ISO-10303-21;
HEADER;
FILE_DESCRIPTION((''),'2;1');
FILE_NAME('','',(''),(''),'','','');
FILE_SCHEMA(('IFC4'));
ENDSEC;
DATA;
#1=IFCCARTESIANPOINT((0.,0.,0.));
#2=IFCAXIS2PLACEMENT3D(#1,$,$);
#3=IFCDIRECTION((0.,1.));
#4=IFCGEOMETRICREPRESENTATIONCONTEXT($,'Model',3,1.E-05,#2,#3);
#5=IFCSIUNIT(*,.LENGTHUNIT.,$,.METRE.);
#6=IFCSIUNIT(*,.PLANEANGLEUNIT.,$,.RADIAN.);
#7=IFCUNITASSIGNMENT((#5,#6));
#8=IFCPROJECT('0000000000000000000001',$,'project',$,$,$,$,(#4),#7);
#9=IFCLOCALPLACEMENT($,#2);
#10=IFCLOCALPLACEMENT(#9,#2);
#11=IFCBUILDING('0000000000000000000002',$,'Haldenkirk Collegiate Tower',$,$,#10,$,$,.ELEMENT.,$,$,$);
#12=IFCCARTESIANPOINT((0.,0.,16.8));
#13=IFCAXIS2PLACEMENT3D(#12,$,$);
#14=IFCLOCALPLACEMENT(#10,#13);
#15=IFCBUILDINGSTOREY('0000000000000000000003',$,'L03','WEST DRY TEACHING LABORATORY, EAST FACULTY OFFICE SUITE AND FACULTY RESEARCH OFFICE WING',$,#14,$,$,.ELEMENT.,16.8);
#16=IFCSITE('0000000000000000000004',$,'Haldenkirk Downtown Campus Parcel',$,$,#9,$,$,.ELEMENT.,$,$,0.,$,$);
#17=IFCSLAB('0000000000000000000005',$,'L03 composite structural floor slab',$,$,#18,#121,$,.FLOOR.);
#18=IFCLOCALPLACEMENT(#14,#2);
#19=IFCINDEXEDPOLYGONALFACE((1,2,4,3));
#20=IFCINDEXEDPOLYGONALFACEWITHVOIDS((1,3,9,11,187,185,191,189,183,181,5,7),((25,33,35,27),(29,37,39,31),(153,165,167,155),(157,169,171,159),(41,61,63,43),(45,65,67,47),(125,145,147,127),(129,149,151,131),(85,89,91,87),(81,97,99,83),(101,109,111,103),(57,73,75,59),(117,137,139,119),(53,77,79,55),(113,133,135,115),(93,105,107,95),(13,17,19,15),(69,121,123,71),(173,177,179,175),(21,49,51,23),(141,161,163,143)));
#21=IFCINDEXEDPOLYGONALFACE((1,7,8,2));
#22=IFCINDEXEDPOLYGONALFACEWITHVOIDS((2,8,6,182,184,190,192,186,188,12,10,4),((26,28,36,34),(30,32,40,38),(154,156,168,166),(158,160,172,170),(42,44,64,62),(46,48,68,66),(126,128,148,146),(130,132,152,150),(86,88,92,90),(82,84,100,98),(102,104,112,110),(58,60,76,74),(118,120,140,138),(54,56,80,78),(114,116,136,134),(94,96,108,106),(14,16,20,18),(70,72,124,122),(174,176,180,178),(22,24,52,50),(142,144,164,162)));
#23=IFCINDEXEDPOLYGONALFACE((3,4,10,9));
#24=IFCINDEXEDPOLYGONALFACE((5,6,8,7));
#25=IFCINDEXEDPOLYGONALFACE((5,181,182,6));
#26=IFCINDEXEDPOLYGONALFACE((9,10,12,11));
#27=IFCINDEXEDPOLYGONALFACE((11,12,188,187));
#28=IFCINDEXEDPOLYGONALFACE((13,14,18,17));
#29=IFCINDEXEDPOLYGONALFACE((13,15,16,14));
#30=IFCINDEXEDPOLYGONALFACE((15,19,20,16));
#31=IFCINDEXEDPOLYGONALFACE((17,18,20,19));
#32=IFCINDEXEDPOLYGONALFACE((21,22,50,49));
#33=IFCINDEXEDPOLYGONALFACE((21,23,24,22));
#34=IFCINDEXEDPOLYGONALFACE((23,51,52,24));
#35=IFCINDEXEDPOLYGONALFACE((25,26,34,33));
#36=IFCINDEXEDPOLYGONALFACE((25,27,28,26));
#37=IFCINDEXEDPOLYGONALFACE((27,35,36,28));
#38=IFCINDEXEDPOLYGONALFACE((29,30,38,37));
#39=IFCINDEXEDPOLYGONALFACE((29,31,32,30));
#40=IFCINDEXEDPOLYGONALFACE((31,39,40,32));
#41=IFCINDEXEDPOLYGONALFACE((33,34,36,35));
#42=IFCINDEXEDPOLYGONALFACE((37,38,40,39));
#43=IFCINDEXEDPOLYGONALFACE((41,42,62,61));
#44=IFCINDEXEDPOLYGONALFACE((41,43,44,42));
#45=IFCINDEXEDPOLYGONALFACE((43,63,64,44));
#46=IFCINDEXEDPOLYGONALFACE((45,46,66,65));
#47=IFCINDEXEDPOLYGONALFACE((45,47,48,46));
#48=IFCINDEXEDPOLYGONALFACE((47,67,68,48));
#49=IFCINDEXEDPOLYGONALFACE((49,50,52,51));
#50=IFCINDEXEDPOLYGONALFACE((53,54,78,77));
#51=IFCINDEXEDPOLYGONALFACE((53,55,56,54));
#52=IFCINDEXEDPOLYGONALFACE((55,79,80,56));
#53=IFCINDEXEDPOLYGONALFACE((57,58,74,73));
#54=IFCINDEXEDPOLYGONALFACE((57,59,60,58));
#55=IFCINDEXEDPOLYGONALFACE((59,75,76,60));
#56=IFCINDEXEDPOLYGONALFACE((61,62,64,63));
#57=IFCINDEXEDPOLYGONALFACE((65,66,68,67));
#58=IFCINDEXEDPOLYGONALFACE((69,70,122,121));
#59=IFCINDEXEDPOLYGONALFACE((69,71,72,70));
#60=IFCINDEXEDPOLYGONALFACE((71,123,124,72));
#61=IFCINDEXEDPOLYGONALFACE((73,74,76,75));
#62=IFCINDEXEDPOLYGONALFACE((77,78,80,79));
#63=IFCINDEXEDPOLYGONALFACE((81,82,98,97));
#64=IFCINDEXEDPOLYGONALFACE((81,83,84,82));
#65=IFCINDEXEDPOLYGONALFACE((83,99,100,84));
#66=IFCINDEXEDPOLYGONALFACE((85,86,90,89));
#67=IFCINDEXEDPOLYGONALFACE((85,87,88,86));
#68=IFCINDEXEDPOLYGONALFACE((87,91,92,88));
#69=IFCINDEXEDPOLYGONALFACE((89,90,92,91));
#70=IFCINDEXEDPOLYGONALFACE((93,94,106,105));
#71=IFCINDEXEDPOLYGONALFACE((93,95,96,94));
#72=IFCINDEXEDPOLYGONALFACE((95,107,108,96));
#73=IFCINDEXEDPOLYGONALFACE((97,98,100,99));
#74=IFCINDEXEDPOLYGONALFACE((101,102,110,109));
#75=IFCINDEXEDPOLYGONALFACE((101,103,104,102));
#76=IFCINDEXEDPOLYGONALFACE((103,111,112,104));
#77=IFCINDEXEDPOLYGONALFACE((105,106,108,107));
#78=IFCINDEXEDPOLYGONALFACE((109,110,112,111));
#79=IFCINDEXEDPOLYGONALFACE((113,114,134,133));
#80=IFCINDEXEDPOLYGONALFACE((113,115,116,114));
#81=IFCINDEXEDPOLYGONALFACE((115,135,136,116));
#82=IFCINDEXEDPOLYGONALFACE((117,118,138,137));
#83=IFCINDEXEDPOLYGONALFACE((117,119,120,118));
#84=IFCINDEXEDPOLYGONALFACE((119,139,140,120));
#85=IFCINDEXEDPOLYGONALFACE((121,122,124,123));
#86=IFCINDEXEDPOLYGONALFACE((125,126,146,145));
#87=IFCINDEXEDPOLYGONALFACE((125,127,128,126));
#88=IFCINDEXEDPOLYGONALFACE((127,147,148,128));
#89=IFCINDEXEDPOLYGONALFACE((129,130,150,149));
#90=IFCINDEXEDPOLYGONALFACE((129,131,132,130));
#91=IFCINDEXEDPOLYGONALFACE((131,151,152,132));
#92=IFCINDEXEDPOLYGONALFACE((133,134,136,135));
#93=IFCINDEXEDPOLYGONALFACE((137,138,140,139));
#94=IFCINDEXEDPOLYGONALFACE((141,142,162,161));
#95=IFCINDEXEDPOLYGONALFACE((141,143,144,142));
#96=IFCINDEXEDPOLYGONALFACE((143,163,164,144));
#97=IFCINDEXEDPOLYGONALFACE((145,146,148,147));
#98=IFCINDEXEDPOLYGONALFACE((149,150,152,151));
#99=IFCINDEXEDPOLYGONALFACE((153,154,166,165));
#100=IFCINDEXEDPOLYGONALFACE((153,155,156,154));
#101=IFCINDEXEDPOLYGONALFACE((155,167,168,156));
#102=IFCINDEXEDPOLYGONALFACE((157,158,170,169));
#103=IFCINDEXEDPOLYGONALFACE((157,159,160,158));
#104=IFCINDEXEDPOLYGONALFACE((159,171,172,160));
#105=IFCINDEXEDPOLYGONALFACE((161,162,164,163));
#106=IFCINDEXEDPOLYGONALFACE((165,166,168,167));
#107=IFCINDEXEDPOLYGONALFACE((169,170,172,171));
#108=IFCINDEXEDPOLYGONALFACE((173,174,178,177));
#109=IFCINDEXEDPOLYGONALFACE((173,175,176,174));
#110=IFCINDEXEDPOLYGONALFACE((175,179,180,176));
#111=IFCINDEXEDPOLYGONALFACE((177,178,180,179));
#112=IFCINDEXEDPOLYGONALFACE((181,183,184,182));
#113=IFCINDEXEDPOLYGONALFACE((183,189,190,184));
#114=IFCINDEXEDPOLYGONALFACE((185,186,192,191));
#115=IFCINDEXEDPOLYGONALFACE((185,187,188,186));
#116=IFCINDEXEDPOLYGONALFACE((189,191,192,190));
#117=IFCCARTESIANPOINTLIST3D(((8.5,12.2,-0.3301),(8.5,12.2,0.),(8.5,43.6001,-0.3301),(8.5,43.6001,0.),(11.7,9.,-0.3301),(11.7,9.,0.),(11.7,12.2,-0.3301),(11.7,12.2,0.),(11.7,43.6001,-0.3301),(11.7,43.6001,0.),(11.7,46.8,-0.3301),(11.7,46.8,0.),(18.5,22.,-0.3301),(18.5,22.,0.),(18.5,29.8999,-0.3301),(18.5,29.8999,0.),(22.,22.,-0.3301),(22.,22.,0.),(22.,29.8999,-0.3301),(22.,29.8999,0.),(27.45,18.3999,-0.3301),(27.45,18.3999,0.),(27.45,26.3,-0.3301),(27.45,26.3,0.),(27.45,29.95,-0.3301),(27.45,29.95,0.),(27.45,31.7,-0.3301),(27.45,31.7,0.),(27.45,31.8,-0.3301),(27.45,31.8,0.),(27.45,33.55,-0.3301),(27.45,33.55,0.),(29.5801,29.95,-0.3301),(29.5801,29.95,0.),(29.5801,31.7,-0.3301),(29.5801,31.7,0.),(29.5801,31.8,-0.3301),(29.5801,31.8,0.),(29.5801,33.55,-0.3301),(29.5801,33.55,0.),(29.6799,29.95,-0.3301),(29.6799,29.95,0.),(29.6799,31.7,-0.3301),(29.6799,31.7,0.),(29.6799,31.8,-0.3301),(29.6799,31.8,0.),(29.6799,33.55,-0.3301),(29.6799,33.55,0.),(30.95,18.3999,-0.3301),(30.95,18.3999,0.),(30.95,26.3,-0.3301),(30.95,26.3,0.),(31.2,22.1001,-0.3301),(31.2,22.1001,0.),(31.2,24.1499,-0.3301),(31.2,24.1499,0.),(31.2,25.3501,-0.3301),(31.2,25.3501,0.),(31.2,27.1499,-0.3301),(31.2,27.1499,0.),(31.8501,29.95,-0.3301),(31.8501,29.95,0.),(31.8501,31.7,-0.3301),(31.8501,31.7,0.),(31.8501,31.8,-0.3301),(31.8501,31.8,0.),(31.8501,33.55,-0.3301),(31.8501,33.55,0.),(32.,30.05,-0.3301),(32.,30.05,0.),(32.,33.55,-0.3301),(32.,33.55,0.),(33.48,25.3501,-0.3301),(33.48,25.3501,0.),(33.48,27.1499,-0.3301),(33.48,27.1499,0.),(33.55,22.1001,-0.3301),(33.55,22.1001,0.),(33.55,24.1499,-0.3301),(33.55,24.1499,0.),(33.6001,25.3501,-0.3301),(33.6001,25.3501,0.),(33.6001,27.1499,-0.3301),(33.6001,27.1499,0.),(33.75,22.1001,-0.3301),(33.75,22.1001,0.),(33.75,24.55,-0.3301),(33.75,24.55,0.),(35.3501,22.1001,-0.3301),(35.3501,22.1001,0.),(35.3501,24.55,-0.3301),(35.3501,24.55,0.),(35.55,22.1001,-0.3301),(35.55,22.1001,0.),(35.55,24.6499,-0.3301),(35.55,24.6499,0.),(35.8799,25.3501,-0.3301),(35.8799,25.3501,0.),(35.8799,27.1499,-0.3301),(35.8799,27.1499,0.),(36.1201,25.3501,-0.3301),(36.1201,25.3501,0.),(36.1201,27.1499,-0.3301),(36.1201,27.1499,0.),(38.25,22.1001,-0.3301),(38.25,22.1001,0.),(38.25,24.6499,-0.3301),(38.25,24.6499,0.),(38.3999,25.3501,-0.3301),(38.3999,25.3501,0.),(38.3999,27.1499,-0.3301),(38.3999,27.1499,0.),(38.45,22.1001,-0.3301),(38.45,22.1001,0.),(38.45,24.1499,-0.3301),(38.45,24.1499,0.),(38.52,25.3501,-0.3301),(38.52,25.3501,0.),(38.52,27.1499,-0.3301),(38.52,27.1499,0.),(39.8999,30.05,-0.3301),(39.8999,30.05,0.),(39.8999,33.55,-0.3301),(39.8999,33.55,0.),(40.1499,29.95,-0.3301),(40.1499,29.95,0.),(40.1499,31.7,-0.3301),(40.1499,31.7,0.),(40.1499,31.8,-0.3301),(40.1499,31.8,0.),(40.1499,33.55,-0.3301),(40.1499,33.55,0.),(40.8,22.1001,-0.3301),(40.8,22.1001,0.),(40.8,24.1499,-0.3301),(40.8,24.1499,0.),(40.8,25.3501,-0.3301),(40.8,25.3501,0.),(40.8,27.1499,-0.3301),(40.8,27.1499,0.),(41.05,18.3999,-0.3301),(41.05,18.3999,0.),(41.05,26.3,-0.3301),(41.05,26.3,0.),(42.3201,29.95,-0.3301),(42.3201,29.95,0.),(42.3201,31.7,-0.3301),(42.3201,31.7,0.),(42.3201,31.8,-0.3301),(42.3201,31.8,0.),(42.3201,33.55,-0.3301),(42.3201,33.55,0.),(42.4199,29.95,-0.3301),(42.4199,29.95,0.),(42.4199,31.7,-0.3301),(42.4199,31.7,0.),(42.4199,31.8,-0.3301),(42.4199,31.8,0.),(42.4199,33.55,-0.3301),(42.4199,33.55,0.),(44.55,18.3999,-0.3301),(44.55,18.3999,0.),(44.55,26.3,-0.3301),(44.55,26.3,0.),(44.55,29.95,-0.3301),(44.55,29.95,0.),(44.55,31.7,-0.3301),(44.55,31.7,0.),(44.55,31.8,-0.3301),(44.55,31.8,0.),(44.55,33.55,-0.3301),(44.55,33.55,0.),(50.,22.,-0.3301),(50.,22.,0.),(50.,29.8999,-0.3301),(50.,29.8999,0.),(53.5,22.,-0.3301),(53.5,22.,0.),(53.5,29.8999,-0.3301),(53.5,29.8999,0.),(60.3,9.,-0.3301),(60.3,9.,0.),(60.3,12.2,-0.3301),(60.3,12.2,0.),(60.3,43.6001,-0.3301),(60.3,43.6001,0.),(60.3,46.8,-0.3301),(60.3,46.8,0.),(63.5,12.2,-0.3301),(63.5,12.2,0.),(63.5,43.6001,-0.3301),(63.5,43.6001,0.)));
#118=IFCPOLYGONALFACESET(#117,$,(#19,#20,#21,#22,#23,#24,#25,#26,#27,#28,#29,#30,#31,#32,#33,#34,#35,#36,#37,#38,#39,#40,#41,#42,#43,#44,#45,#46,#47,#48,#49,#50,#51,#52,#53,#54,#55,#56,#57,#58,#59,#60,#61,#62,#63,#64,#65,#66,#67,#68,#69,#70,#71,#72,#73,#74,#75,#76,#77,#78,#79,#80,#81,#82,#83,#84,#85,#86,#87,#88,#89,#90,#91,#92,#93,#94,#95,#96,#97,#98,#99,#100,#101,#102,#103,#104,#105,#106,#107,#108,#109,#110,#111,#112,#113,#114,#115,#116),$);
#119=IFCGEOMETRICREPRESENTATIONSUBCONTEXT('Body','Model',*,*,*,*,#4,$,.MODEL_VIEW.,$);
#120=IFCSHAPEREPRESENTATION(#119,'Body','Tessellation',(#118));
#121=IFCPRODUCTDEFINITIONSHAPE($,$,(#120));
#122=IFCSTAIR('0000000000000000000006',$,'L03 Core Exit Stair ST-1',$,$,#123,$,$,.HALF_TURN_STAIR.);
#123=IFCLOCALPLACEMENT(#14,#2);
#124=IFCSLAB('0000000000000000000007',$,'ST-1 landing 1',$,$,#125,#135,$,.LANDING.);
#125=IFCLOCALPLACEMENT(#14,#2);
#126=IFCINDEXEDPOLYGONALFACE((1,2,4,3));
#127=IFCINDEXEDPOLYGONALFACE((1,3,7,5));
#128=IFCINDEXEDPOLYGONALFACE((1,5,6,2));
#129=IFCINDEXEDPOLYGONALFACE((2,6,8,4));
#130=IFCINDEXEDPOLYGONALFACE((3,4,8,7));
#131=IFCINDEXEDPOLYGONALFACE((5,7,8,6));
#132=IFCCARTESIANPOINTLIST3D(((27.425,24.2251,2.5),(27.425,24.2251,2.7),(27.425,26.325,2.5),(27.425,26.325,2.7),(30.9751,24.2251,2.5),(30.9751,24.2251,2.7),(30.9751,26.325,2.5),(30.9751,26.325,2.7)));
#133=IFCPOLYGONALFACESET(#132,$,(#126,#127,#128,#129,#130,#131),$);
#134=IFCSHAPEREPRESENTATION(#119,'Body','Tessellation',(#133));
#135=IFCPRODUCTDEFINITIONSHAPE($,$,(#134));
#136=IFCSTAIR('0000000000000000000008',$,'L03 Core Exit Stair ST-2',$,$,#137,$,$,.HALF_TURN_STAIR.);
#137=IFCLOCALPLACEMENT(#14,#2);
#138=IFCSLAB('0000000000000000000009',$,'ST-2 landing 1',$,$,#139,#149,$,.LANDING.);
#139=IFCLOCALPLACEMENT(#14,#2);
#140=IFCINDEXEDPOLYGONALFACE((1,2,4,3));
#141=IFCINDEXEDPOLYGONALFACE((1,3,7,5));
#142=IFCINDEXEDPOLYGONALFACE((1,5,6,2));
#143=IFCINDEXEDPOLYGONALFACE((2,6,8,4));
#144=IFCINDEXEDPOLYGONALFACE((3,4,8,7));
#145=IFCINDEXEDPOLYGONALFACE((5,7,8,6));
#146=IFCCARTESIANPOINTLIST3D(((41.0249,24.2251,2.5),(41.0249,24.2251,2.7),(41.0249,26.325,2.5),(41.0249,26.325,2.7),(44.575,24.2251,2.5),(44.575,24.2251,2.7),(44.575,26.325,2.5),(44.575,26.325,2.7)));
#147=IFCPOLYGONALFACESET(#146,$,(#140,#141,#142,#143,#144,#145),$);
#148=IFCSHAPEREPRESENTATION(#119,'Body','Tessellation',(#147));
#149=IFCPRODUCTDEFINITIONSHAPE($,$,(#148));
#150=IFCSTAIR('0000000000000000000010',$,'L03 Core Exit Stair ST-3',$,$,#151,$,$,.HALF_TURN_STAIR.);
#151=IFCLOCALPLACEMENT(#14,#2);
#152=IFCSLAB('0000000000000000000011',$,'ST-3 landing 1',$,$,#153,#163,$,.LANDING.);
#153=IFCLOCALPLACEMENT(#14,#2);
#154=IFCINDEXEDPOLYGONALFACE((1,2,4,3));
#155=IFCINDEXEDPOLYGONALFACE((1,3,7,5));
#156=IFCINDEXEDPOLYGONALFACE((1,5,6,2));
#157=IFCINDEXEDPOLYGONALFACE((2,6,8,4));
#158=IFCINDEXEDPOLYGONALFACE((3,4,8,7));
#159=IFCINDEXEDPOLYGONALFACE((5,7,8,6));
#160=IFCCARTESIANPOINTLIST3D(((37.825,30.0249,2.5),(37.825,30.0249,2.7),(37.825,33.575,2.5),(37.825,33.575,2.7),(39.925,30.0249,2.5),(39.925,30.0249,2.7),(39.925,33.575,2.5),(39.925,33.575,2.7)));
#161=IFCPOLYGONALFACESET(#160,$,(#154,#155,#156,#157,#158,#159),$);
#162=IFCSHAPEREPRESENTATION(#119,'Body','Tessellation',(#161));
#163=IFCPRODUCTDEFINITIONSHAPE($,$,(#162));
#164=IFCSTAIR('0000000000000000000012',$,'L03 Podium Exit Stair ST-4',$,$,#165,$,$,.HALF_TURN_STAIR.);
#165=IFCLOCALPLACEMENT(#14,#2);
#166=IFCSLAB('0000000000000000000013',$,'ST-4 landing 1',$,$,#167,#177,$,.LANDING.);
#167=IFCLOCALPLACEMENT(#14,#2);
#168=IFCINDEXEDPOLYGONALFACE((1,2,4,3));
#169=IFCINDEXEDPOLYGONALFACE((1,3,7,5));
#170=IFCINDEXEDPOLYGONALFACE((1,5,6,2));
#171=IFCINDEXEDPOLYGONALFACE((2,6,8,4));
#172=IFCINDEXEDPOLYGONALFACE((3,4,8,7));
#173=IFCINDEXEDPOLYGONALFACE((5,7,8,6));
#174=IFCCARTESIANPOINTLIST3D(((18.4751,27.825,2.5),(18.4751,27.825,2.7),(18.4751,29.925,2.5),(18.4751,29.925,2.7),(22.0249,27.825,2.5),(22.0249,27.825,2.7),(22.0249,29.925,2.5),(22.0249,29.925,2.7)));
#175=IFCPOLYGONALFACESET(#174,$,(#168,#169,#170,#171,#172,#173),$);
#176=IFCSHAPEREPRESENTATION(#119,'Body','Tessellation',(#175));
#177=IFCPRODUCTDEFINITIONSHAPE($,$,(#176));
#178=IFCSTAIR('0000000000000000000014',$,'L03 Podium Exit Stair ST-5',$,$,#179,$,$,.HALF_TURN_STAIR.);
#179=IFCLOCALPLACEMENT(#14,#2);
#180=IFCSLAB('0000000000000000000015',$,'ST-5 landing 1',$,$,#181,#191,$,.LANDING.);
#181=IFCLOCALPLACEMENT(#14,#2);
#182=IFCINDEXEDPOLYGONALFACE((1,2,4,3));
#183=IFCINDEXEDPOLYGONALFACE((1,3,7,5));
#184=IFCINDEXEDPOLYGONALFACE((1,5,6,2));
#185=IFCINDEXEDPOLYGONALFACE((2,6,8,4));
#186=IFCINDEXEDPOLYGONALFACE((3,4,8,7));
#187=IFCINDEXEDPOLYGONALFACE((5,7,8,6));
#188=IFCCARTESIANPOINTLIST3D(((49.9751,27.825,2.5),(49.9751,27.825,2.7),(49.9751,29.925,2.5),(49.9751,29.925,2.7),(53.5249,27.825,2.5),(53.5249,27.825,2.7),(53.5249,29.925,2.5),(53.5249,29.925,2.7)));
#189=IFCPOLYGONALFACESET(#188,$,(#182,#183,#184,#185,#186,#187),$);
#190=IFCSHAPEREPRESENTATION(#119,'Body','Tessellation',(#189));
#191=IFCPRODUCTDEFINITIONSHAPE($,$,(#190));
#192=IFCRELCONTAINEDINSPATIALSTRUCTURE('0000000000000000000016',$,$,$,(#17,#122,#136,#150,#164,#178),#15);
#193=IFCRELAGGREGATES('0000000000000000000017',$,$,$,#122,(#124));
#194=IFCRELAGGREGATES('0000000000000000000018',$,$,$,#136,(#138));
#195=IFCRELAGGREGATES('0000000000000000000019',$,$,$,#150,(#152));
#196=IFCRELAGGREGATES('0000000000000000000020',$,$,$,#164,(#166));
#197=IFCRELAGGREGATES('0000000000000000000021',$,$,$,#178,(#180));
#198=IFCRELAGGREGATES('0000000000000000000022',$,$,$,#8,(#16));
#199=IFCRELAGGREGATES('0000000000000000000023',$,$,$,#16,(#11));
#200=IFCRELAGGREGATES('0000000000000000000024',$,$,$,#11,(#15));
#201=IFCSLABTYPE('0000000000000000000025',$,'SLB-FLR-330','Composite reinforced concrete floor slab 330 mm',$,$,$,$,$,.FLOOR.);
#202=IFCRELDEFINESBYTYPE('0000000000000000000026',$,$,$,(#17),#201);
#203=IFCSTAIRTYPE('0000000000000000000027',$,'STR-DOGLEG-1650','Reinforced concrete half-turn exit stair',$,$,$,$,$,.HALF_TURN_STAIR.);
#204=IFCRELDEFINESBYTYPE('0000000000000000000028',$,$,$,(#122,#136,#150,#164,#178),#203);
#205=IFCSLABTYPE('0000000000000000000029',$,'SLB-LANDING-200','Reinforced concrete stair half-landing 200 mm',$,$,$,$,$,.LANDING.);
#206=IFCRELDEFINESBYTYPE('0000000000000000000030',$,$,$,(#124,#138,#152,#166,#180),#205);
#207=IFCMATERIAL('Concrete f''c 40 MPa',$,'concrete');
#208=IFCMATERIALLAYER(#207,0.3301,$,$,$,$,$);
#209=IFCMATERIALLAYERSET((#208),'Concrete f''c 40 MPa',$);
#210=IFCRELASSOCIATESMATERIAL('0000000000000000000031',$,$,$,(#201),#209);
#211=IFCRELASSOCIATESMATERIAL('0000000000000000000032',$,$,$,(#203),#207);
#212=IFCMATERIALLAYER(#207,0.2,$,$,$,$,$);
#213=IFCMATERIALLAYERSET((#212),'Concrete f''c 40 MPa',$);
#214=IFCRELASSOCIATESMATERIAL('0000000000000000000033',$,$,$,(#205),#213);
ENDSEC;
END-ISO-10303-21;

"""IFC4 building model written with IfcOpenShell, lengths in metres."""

from ifc_helpers import new_model, si_unit, direction, frame, origin, place, context, subcontext, project, spatial, polyline, outline, extrude, material, layer, layer_set, type_object, element, aggregate, save


model = new_model("IFC4")

# Units and contexts
model_context = context("Model", 3, precision=1e-05, world=origin(), true_north=direction((0.0, 1.0)))
body_context = subcontext(model_context, "Body", "Model", "MODEL_VIEW")
ifc_project = project(units=[si_unit("LENGTHUNIT", "METRE"), si_unit("PLANEANGLEUNIT", "RADIAN")], contexts=[model_context])

# Site, building, storey
site_placement = place(None, origin())
site = spatial("IfcSite", under=ifc_project, at=site_placement, Name="Haldenkirk Downtown Campus Parcel", CompositionType="ELEMENT", RefElevation=0.0)
building_placement = place(site_placement, origin())
building = spatial("IfcBuilding", under=site, at=building_placement, Name="Haldenkirk Collegiate Tower", CompositionType="ELEMENT")
storey_placement = place(building_placement, frame((0.0, 0.0, 16.8)))
storey = spatial("IfcBuildingStorey", under=building, at=storey_placement, Name="L03", Description="WEST DRY TEACHING LABORATORY, EAST FACULTY OFFICE SUITE AND FACULTY RESEARCH OFFICE WING", CompositionType="ELEMENT", Elevation=16.8)

# Slab
ifc_material_1 = material(Name="Concrete f'c 40 MPa", Category="concrete")
ifc_layer_1 = layer(ifc_material_1, 0.3301)
ifc_layer_set_1 = layer_set([ifc_layer_1], Name="Concrete f'c 40 MPa")
slab_type_1 = type_object("IfcSlabType", Name="SLB-FLR-330", Description="Composite reinforced concrete floor slab 330 mm", PredefinedType="FLOOR", material=ifc_layer_set_1)
slab_1_placement = place(storey_placement, frame((0.0, 0.0, -0.3301)))
element("IfcSlab", 1, at=slab_1_placement, inside=storey, type_object=slab_type_1, Name="L03 composite structural floor slab", PredefinedType="FLOOR", context=body_context, shape_type="SweptSolid", body=[
    extrude(outline(polyline([(11.7, 9.0), (60.3, 9.0), (60.3, 12.2), (63.5, 12.2), (63.5, 43.6001), (60.3, 43.6001), (60.3, 46.8), (11.7, 46.8), (11.7, 43.6001), (8.5, 43.6001), (8.5, 12.2), (11.7, 12.2), (11.7, 9.0)]), holes=[polyline([(27.45, 18.3999), (30.95, 18.3999), (30.95, 26.3), (27.45, 26.3), (27.45, 18.3999)]), polyline([(41.05, 18.3999), (44.55, 18.3999), (44.55, 26.3), (41.05, 26.3), (41.05, 18.3999)]), polyline([(32.0, 30.05), (39.8999, 30.05), (39.8999, 33.55), (32.0, 33.55), (32.0, 30.05)]), polyline([(33.75, 22.1001), (35.3501, 22.1001), (35.3501, 24.55), (33.75, 24.55), (33.75, 22.1001)]), polyline([(18.5, 22.0), (22.0, 22.0), (22.0, 29.8999), (18.5, 29.8999), (18.5, 22.0)]), polyline([(50.0, 22.0), (53.5, 22.0), (53.5, 29.8999), (50.0, 29.8999), (50.0, 22.0)]), polyline([(27.45, 29.95), (29.5801, 29.95), (29.5801, 31.7), (27.45, 31.7), (27.45, 29.95)]), polyline([(29.6799, 29.95), (31.8501, 29.95), (31.8501, 31.7), (29.6799, 31.7), (29.6799, 29.95)]), polyline([(27.45, 31.8), (29.5801, 31.8), (29.5801, 33.55), (27.45, 33.55), (27.45, 31.8)]), polyline([(29.6799, 31.8), (31.8501, 31.8), (31.8501, 33.55), (29.6799, 33.55), (29.6799, 31.8)]), polyline([(40.1499, 29.95), (42.3201, 29.95), (42.3201, 31.7), (40.1499, 31.7), (40.1499, 29.95)]), polyline([(42.4199, 29.95), (44.55, 29.95), (44.55, 31.7), (42.4199, 31.7), (42.4199, 29.95)]), polyline([(40.1499, 31.8), (42.3201, 31.8), (42.3201, 33.55), (40.1499, 33.55), (40.1499, 31.8)]), polyline([(42.4199, 31.8), (44.55, 31.8), (44.55, 33.55), (42.4199, 33.55), (42.4199, 31.8)]), polyline([(31.2, 25.3501), (33.48, 25.3501), (33.48, 27.1499), (31.2, 27.1499), (31.2, 25.3501)]), polyline([(33.6001, 25.3501), (35.8799, 25.3501), (35.8799, 27.1499), (33.6001, 27.1499), (33.6001, 25.3501)]), polyline([(36.1201, 25.3501), (38.3999, 25.3501), (38.3999, 27.1499), (36.1201, 27.1499), (36.1201, 25.3501)]), polyline([(38.52, 25.3501), (40.8, 25.3501), (40.8, 27.1499), (38.52, 27.1499), (38.52, 25.3501)]), polyline([(31.2, 22.1001), (33.55, 22.1001), (33.55, 24.1499), (31.2, 24.1499), (31.2, 22.1001)]), polyline([(38.45, 22.1001), (40.8, 22.1001), (40.8, 24.1499), (38.45, 24.1499), (38.45, 22.1001)]), polyline([(35.55, 22.1001), (38.25, 22.1001), (38.25, 24.6499), (35.55, 24.6499), (35.55, 22.1001)])]), origin(), (0.0, 0.0, 1.0), 0.3301),
])

# Stairs, slabs
stair_type = type_object("IfcStairType", Name="STR-DOGLEG-1650", Description="Reinforced concrete half-turn exit stair", PredefinedType="HALF_TURN_STAIR", material=ifc_material_1)
stair_1_placement = place(storey_placement, origin())
stair_1 = element("IfcStair", 2, at=stair_1_placement, inside=storey, type_object=stair_type, Name="L03 Core Exit Stair ST-1", PredefinedType="HALF_TURN_STAIR")
ifc_layer_2 = layer(ifc_material_1, 0.2)
ifc_layer_set_2 = layer_set([ifc_layer_2], Name="Concrete f'c 40 MPa")
slab_type_2 = type_object("IfcSlabType", Name="SLB-LANDING-200", Description="Reinforced concrete stair half-landing 200 mm", PredefinedType="LANDING", material=ifc_layer_set_2)
slab_2_placement = place(storey_placement, frame((0.0, 0.0, 2.5)))
slab_2 = element("IfcSlab", 3, at=slab_2_placement, type_object=slab_type_2, Name="ST-1 landing 1", PredefinedType="LANDING", context=body_context, shape_type="SweptSolid", body=[
    extrude(outline(polyline([(30.9751, 24.2251), (27.425, 24.2251), (27.425, 26.325), (30.9751, 26.325), (30.9751, 24.2251)])), origin(), (0.0, 0.0, 1.0), 0.2),
])
aggregate(stair_1, [slab_2])
stair_2_placement = place(storey_placement, origin())
stair_2 = element("IfcStair", 4, at=stair_2_placement, inside=storey, type_object=stair_type, Name="L03 Core Exit Stair ST-2", PredefinedType="HALF_TURN_STAIR")
slab_3_placement = place(storey_placement, frame((0.0, 0.0, 2.5)))
slab_3 = element("IfcSlab", 5, at=slab_3_placement, type_object=slab_type_2, Name="ST-2 landing 1", PredefinedType="LANDING", context=body_context, shape_type="SweptSolid", body=[
    extrude(outline(polyline([(44.575, 24.2251), (41.0249, 24.2251), (41.0249, 26.325), (44.575, 26.325), (44.575, 24.2251)])), origin(), (0.0, 0.0, 1.0), 0.2),
])
aggregate(stair_2, [slab_3])
stair_3_placement = place(storey_placement, origin())
stair_3 = element("IfcStair", 6, at=stair_3_placement, inside=storey, type_object=stair_type, Name="L03 Core Exit Stair ST-3", PredefinedType="HALF_TURN_STAIR")
slab_4_placement = place(storey_placement, frame((0.0, 0.0, 2.5)))
slab_4 = element("IfcSlab", 7, at=slab_4_placement, type_object=slab_type_2, Name="ST-3 landing 1", PredefinedType="LANDING", context=body_context, shape_type="SweptSolid", body=[
    extrude(outline(polyline([(37.825, 30.0249), (37.825, 33.575), (39.925, 33.575), (39.925, 30.0249), (37.825, 30.0249)])), origin(), (0.0, 0.0, 1.0), 0.2),
])
aggregate(stair_3, [slab_4])
stair_4_placement = place(storey_placement, origin())
stair_4 = element("IfcStair", 8, at=stair_4_placement, inside=storey, type_object=stair_type, Name="L03 Podium Exit Stair ST-4", PredefinedType="HALF_TURN_STAIR")
slab_5_placement = place(storey_placement, frame((0.0, 0.0, 2.5)))
slab_5 = element("IfcSlab", 9, at=slab_5_placement, type_object=slab_type_2, Name="ST-4 landing 1", PredefinedType="LANDING", context=body_context, shape_type="SweptSolid", body=[
    extrude(outline(polyline([(22.0249, 27.825), (18.4751, 27.825), (18.4751, 29.925), (22.0249, 29.925), (22.0249, 27.825)])), origin(), (0.0, 0.0, 1.0), 0.2),
])
aggregate(stair_4, [slab_5])
stair_5_placement = place(storey_placement, origin())
stair_5 = element("IfcStair", 10, at=stair_5_placement, inside=storey, type_object=stair_type, Name="L03 Podium Exit Stair ST-5", PredefinedType="HALF_TURN_STAIR")
slab_6_placement = place(storey_placement, frame((0.0, 0.0, 2.5)))
slab_6 = element("IfcSlab", 11, at=slab_6_placement, type_object=slab_type_2, Name="ST-5 landing 1", PredefinedType="LANDING", context=body_context, shape_type="SweptSolid", body=[
    extrude(outline(polyline([(53.5249, 27.825), (49.9751, 27.825), (49.9751, 29.925), (53.5249, 29.925), (53.5249, 27.825)])), origin(), (0.0, 0.0, 1.0), 0.2),
])
aggregate(stair_5, [slab_6])

save(model, "model.ifc")
